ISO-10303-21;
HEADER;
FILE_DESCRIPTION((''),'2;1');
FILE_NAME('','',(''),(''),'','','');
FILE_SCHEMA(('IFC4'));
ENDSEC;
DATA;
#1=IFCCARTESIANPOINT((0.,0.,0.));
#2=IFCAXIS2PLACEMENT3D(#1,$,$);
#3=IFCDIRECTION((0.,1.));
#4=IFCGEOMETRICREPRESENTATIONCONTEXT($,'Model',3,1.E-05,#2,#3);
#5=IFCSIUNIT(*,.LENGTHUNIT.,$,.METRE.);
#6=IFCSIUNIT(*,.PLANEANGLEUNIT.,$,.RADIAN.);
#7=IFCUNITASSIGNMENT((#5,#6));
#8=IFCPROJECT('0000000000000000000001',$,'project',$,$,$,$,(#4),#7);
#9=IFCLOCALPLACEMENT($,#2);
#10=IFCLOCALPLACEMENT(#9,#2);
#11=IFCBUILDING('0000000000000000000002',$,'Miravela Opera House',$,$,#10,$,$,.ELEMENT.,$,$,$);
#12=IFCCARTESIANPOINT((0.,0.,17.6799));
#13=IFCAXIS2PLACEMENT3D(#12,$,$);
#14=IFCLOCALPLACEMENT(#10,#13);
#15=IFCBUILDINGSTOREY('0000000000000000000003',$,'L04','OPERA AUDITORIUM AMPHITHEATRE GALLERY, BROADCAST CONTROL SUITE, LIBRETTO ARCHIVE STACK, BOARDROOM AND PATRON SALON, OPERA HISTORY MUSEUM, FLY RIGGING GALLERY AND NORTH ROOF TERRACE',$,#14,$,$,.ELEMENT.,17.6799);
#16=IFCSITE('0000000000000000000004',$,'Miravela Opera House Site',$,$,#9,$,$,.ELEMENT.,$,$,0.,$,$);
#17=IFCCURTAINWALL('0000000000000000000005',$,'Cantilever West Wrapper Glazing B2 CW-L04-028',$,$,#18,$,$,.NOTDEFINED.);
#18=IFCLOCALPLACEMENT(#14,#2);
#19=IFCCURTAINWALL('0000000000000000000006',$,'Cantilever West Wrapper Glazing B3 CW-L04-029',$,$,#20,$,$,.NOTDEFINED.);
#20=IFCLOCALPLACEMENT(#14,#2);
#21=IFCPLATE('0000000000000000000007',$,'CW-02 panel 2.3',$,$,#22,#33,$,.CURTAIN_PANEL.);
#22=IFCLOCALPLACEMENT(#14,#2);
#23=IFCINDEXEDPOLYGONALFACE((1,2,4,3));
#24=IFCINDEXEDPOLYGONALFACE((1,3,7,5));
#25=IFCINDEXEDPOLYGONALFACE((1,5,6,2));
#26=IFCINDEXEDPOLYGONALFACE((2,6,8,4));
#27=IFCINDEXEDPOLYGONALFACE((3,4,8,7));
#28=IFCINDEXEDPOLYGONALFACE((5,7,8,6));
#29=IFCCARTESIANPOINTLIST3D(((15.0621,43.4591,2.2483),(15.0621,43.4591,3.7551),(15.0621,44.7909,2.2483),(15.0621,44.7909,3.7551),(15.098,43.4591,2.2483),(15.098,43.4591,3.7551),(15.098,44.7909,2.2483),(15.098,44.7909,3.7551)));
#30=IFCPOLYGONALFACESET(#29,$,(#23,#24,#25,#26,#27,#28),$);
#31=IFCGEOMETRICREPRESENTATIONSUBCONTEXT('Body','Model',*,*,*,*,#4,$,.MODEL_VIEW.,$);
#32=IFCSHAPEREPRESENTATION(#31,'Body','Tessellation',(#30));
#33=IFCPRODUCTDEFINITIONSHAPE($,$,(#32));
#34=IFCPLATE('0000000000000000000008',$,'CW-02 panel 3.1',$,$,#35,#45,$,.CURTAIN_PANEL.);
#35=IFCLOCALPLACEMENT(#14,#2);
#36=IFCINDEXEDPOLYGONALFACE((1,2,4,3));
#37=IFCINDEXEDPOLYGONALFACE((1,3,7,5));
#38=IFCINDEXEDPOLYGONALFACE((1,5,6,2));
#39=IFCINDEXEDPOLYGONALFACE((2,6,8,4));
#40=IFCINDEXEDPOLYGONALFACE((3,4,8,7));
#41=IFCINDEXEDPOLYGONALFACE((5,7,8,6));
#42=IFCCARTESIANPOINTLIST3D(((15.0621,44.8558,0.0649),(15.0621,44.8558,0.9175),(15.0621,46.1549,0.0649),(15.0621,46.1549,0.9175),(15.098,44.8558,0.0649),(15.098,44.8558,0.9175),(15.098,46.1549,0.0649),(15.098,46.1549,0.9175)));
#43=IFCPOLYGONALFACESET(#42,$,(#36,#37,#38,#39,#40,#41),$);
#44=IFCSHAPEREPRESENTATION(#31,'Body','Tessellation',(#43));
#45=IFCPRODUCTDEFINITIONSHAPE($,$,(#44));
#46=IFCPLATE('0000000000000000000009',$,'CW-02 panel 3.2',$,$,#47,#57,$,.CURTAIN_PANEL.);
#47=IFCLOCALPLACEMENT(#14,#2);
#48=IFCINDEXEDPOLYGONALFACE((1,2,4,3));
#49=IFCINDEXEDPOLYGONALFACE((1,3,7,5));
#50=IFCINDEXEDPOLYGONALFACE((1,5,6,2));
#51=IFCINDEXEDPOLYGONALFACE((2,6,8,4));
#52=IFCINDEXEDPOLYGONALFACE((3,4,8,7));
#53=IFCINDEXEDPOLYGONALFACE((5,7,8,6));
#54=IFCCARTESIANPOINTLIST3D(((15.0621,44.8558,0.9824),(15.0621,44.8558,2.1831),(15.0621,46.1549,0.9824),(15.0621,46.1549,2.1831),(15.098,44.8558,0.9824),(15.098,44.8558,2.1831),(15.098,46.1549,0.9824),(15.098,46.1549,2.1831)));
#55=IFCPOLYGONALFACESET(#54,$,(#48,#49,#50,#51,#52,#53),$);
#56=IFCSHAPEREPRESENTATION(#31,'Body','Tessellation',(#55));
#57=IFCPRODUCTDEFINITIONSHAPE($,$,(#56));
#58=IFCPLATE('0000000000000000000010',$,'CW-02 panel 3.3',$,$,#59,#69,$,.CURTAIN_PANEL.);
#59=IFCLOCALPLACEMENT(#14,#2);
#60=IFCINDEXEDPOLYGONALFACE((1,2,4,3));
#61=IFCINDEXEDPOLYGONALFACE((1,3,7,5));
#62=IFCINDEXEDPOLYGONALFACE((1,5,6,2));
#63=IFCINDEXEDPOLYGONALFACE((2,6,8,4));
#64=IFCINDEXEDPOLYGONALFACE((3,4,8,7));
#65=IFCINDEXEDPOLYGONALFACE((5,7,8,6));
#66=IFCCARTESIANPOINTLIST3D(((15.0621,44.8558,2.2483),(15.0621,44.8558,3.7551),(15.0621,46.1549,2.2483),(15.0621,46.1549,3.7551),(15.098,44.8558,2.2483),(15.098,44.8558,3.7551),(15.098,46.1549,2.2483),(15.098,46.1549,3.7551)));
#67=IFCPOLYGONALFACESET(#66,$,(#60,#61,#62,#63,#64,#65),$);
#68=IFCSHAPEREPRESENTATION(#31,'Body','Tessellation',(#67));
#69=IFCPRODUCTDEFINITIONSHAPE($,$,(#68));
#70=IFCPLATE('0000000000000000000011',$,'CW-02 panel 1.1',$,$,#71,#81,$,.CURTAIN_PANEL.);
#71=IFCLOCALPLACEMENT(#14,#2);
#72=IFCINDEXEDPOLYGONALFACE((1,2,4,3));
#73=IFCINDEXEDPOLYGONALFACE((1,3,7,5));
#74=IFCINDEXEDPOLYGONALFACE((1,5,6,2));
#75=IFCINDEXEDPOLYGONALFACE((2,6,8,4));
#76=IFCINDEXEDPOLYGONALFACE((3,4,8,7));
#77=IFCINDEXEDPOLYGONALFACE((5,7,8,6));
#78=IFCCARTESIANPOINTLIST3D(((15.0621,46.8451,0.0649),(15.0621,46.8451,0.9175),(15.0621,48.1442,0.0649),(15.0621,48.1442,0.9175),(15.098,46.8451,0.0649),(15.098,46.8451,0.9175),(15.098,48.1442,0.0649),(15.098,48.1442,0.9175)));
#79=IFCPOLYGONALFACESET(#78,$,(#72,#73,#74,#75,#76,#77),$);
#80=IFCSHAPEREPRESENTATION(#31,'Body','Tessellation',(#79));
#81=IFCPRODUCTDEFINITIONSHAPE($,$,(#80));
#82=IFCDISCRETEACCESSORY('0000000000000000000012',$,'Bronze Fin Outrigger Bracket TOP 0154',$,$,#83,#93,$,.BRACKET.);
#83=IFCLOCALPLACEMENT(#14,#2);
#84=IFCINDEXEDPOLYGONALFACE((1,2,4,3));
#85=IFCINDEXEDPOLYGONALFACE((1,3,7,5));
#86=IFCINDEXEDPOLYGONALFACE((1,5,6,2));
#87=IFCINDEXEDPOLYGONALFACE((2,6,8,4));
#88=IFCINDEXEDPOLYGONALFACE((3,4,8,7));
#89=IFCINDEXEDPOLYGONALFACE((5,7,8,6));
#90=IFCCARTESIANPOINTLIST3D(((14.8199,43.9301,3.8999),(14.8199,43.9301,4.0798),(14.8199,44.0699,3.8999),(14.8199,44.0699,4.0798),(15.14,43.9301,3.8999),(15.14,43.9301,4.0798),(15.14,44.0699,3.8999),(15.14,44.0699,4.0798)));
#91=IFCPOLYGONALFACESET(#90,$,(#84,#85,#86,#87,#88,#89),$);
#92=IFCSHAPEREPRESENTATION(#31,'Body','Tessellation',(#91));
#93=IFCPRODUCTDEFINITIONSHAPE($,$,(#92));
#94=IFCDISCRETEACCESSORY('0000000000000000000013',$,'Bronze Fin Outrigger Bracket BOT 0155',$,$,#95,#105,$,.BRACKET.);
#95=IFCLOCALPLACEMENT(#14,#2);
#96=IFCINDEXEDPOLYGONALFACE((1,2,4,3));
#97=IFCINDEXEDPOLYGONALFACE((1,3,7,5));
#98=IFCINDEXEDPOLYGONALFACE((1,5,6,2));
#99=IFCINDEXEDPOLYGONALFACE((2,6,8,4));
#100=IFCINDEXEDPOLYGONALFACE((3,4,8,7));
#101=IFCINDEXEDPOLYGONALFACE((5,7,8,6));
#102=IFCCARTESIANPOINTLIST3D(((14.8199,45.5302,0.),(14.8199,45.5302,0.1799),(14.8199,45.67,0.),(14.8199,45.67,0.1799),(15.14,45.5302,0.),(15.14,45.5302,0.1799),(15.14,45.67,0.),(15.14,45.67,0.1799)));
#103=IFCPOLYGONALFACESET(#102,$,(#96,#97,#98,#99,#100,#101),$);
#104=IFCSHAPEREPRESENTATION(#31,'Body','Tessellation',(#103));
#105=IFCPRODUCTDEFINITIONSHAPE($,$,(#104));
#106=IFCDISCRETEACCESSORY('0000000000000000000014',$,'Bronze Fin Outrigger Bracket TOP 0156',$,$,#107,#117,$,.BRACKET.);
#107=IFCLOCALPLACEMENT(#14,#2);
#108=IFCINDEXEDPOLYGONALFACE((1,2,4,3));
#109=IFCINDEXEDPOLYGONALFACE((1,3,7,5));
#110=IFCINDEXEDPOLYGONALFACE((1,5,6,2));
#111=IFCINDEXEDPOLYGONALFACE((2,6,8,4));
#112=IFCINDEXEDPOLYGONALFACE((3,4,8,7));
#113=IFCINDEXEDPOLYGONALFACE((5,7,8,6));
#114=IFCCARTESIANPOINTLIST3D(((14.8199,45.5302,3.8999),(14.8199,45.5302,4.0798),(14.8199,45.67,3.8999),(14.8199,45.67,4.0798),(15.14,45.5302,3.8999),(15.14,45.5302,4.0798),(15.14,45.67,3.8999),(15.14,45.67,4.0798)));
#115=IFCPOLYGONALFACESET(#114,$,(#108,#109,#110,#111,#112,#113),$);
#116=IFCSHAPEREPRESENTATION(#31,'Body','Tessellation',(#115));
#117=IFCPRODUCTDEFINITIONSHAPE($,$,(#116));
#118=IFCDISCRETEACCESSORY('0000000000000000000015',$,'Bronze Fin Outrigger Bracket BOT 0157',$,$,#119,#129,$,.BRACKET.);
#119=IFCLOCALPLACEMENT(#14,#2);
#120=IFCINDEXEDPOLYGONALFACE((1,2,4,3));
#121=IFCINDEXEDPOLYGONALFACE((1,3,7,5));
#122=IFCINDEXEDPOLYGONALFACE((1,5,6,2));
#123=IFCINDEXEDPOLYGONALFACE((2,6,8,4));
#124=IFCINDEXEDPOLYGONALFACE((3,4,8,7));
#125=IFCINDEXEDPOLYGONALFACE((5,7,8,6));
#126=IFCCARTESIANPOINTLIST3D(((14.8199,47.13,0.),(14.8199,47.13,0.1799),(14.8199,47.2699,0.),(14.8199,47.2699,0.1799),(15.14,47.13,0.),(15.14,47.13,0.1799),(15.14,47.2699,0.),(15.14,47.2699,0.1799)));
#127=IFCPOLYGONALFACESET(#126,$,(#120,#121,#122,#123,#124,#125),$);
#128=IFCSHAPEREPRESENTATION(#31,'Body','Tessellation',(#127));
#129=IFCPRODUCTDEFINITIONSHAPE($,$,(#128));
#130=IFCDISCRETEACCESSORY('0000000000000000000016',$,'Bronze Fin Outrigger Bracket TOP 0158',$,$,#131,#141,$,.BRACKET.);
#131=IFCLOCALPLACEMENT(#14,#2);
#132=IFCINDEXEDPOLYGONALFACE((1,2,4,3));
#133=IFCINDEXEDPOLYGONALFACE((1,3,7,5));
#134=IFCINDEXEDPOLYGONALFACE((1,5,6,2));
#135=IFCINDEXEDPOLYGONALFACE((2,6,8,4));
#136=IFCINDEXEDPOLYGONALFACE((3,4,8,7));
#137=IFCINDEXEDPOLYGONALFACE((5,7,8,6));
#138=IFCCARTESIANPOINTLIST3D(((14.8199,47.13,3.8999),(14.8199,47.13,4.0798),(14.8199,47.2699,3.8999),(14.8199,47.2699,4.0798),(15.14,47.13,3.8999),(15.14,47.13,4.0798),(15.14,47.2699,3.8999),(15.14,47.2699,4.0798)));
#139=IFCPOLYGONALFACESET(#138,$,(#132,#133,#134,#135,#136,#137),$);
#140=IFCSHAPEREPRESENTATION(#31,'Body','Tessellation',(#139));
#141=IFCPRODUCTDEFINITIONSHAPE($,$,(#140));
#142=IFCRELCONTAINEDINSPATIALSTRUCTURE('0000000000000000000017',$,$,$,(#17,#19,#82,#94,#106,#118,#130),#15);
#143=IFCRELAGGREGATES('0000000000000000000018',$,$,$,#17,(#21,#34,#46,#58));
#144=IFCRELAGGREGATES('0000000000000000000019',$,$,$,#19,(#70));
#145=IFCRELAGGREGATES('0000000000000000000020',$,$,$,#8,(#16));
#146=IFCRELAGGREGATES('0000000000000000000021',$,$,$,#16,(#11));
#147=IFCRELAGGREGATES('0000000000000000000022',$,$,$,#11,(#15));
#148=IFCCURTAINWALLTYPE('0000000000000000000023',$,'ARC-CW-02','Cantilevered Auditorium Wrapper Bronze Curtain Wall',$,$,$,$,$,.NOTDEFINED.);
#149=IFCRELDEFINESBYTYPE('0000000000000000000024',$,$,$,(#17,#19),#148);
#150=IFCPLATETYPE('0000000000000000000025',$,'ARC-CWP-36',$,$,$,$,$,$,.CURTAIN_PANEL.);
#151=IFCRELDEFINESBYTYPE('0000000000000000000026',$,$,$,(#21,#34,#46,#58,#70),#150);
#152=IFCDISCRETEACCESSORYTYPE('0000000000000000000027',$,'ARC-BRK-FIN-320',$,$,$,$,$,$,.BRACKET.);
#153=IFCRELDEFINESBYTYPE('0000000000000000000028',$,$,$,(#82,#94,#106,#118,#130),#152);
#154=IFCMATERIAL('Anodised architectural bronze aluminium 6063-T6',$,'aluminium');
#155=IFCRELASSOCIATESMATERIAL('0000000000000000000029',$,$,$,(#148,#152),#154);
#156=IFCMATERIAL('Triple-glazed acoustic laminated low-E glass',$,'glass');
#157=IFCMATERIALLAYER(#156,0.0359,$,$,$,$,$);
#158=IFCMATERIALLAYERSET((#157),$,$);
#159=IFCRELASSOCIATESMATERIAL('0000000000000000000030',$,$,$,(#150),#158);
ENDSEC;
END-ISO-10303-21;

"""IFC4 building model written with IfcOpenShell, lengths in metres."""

from ifc_helpers import new_model, si_unit, direction, frame, origin, origin_2d, place, context, subcontext, project, spatial, rectangle, extrude, material, layer, layer_set, type_object, element, aggregate, save


model = new_model("IFC4")

# Units and contexts
model_context = context("Model", 3, precision=1e-05, world=origin(), true_north=direction((0.0, 1.0)))
body_context = subcontext(model_context, "Body", "Model", "MODEL_VIEW")
ifc_project = project(units=[si_unit("LENGTHUNIT", "METRE"), si_unit("PLANEANGLEUNIT", "RADIAN")], contexts=[model_context])

# Site, building, storey
site_placement = place(None, origin())
site = spatial("IfcSite", under=ifc_project, at=site_placement, Name="Miravela Opera House Site", CompositionType="ELEMENT", RefElevation=0.0)
building_placement = place(site_placement, origin())
building = spatial("IfcBuilding", under=site, at=building_placement, Name="Miravela Opera House", CompositionType="ELEMENT")
storey_placement = place(building_placement, frame((0.0, 0.0, 17.6799)))
storey = spatial("IfcBuildingStorey", under=building, at=storey_placement, Name="L04", Description="OPERA AUDITORIUM AMPHITHEATRE GALLERY, BROADCAST CONTROL SUITE, LIBRETTO ARCHIVE STACK, BOARDROOM AND PATRON SALON, OPERA HISTORY MUSEUM, FLY RIGGING GALLERY AND NORTH ROOF TERRACE", CompositionType="ELEMENT", Elevation=17.6799)

# Curtain wall
ifc_material_1 = material(Name="Anodised architectural bronze aluminium 6063-T6", Category="aluminium")
curtain_wall_type = type_object("IfcCurtainWallType", Name="ARC-CW-02", Description="Cantilevered Auditorium Wrapper Bronze Curtain Wall", PredefinedType="NOTDEFINED", material=ifc_material_1)
curtain_wall_1_placement = place(storey_placement, origin())
curtain_wall_1 = element("IfcCurtainWall", 1, at=curtain_wall_1_placement, inside=storey, type_object=curtain_wall_type, Name="Cantilever West Wrapper Glazing B2 CW-L04-028", PredefinedType="NOTDEFINED")

# Curtain wall
curtain_wall_2_placement = place(storey_placement, origin())
curtain_wall_2 = element("IfcCurtainWall", 2, at=curtain_wall_2_placement, inside=storey, type_object=curtain_wall_type, Name="Cantilever West Wrapper Glazing B3 CW-L04-029", PredefinedType="NOTDEFINED")

# Plates
ifc_material_2 = material(Name="Triple-glazed acoustic laminated low-E glass", Category="glass")
ifc_layer = layer(ifc_material_2, 0.0359)
ifc_layer_set = layer_set([ifc_layer])
plate_type = type_object("IfcPlateType", Name="ARC-CWP-36", PredefinedType="CURTAIN_PANEL", material=ifc_layer_set)
plate_1_placement = place(storey_placement, frame((15.0801, 44.125, 2.2483), z_axis=(0.0, 0.0, 1.0), x_axis=(0.0, 1.0, 0.0)))
plate_1 = element("IfcPlate", 3, at=plate_1_placement, type_object=plate_type, Name="CW-02 panel 2.3", PredefinedType="CURTAIN_PANEL", context=body_context, shape_type="SweptSolid", body=[
    extrude(rectangle(XDim=1.3318, YDim=0.0359, at=origin_2d()), origin(), (0.0, 0.0, 1.0), 1.5068),
])
plate_2_placement = place(storey_placement, frame((15.0801, 45.5054, 0.0649), z_axis=(0.0, 0.0, 1.0), x_axis=(0.0, 1.0, 0.0)))
plate_2 = element("IfcPlate", 4, at=plate_2_placement, type_object=plate_type, Name="CW-02 panel 3.1", PredefinedType="CURTAIN_PANEL", context=body_context, shape_type="SweptSolid", body=[
    extrude(rectangle(XDim=1.2991, YDim=0.0359, at=origin_2d()), origin(), (0.0, 0.0, 1.0), 0.8525),
])
plate_3_placement = place(storey_placement, frame((15.0801, 45.5054, 0.9824), z_axis=(0.0, 0.0, 1.0), x_axis=(0.0, 1.0, 0.0)))
plate_3 = element("IfcPlate", 5, at=plate_3_placement, type_object=plate_type, Name="CW-02 panel 3.2", PredefinedType="CURTAIN_PANEL", context=body_context, shape_type="SweptSolid", body=[
    extrude(rectangle(XDim=1.2991, YDim=0.0359, at=origin_2d()), origin(), (0.0, 0.0, 1.0), 1.2007),
])
plate_4_placement = place(storey_placement, frame((15.0801, 45.5054, 2.2483), z_axis=(0.0, 0.0, 1.0), x_axis=(0.0, 1.0, 0.0)))
plate_4 = element("IfcPlate", 6, at=plate_4_placement, type_object=plate_type, Name="CW-02 panel 3.3", PredefinedType="CURTAIN_PANEL", context=body_context, shape_type="SweptSolid", body=[
    extrude(rectangle(XDim=1.2991, YDim=0.0359, at=origin_2d()), origin(), (0.0, 0.0, 1.0), 1.5068),
])
aggregate(curtain_wall_1, [plate_1, plate_2, plate_3, plate_4])
plate_5_placement = place(storey_placement, frame((15.0801, 47.4946, 0.0649), z_axis=(0.0, 0.0, 1.0), x_axis=(0.0, 1.0, 0.0)))
plate_5 = element("IfcPlate", 7, at=plate_5_placement, type_object=plate_type, Name="CW-02 panel 1.1", PredefinedType="CURTAIN_PANEL", context=body_context, shape_type="SweptSolid", body=[
    extrude(rectangle(XDim=1.2991, YDim=0.0359, at=origin_2d()), origin(), (0.0, 0.0, 1.0), 0.8525),
])
aggregate(curtain_wall_2, [plate_5])

# Discrete accessories
discrete_accessory_type = type_object("IfcDiscreteAccessoryType", Name="ARC-BRK-FIN-320", PredefinedType="BRACKET", material=ifc_material_1)
for number, where, z_axis, x_axis, name in (
    (8, (14.98, 44.0, 3.8999), (0.0, 0.0, 1.0), (1.0, 0.0, 0.0), "Bronze Fin Outrigger Bracket TOP 0154"),
    (9, (14.98, 45.6001, 0.0), (0.0, 0.0, 1.0), (1.0, 0.0, 0.0), "Bronze Fin Outrigger Bracket BOT 0155"),
    (10, (14.98, 45.6001, 3.8999), (0.0, 0.0, 1.0), (1.0, 0.0, 0.0), "Bronze Fin Outrigger Bracket TOP 0156"),
    (11, (14.98, 47.2, 0.0), (0.0, 0.0, 1.0), (1.0, 0.0, 0.0), "Bronze Fin Outrigger Bracket BOT 0157"),
    (12, (14.98, 47.2, 3.8999), (0.0, 0.0, 1.0), (1.0, 0.0, 0.0), "Bronze Fin Outrigger Bracket TOP 0158"),
):
    element("IfcDiscreteAccessory", number, at=place(storey_placement, frame(where, z_axis=z_axis, x_axis=x_axis)), inside=storey, type_object=discrete_accessory_type, Name=name, PredefinedType="BRACKET", context=body_context, shape_type="SweptSolid", body=[
        extrude(rectangle(XDim=0.3201, YDim=0.1399, at=origin_2d()), origin(), (0.0, 0.0, 1.0), 0.1799),
    ])

save(model, "model.ifc")
